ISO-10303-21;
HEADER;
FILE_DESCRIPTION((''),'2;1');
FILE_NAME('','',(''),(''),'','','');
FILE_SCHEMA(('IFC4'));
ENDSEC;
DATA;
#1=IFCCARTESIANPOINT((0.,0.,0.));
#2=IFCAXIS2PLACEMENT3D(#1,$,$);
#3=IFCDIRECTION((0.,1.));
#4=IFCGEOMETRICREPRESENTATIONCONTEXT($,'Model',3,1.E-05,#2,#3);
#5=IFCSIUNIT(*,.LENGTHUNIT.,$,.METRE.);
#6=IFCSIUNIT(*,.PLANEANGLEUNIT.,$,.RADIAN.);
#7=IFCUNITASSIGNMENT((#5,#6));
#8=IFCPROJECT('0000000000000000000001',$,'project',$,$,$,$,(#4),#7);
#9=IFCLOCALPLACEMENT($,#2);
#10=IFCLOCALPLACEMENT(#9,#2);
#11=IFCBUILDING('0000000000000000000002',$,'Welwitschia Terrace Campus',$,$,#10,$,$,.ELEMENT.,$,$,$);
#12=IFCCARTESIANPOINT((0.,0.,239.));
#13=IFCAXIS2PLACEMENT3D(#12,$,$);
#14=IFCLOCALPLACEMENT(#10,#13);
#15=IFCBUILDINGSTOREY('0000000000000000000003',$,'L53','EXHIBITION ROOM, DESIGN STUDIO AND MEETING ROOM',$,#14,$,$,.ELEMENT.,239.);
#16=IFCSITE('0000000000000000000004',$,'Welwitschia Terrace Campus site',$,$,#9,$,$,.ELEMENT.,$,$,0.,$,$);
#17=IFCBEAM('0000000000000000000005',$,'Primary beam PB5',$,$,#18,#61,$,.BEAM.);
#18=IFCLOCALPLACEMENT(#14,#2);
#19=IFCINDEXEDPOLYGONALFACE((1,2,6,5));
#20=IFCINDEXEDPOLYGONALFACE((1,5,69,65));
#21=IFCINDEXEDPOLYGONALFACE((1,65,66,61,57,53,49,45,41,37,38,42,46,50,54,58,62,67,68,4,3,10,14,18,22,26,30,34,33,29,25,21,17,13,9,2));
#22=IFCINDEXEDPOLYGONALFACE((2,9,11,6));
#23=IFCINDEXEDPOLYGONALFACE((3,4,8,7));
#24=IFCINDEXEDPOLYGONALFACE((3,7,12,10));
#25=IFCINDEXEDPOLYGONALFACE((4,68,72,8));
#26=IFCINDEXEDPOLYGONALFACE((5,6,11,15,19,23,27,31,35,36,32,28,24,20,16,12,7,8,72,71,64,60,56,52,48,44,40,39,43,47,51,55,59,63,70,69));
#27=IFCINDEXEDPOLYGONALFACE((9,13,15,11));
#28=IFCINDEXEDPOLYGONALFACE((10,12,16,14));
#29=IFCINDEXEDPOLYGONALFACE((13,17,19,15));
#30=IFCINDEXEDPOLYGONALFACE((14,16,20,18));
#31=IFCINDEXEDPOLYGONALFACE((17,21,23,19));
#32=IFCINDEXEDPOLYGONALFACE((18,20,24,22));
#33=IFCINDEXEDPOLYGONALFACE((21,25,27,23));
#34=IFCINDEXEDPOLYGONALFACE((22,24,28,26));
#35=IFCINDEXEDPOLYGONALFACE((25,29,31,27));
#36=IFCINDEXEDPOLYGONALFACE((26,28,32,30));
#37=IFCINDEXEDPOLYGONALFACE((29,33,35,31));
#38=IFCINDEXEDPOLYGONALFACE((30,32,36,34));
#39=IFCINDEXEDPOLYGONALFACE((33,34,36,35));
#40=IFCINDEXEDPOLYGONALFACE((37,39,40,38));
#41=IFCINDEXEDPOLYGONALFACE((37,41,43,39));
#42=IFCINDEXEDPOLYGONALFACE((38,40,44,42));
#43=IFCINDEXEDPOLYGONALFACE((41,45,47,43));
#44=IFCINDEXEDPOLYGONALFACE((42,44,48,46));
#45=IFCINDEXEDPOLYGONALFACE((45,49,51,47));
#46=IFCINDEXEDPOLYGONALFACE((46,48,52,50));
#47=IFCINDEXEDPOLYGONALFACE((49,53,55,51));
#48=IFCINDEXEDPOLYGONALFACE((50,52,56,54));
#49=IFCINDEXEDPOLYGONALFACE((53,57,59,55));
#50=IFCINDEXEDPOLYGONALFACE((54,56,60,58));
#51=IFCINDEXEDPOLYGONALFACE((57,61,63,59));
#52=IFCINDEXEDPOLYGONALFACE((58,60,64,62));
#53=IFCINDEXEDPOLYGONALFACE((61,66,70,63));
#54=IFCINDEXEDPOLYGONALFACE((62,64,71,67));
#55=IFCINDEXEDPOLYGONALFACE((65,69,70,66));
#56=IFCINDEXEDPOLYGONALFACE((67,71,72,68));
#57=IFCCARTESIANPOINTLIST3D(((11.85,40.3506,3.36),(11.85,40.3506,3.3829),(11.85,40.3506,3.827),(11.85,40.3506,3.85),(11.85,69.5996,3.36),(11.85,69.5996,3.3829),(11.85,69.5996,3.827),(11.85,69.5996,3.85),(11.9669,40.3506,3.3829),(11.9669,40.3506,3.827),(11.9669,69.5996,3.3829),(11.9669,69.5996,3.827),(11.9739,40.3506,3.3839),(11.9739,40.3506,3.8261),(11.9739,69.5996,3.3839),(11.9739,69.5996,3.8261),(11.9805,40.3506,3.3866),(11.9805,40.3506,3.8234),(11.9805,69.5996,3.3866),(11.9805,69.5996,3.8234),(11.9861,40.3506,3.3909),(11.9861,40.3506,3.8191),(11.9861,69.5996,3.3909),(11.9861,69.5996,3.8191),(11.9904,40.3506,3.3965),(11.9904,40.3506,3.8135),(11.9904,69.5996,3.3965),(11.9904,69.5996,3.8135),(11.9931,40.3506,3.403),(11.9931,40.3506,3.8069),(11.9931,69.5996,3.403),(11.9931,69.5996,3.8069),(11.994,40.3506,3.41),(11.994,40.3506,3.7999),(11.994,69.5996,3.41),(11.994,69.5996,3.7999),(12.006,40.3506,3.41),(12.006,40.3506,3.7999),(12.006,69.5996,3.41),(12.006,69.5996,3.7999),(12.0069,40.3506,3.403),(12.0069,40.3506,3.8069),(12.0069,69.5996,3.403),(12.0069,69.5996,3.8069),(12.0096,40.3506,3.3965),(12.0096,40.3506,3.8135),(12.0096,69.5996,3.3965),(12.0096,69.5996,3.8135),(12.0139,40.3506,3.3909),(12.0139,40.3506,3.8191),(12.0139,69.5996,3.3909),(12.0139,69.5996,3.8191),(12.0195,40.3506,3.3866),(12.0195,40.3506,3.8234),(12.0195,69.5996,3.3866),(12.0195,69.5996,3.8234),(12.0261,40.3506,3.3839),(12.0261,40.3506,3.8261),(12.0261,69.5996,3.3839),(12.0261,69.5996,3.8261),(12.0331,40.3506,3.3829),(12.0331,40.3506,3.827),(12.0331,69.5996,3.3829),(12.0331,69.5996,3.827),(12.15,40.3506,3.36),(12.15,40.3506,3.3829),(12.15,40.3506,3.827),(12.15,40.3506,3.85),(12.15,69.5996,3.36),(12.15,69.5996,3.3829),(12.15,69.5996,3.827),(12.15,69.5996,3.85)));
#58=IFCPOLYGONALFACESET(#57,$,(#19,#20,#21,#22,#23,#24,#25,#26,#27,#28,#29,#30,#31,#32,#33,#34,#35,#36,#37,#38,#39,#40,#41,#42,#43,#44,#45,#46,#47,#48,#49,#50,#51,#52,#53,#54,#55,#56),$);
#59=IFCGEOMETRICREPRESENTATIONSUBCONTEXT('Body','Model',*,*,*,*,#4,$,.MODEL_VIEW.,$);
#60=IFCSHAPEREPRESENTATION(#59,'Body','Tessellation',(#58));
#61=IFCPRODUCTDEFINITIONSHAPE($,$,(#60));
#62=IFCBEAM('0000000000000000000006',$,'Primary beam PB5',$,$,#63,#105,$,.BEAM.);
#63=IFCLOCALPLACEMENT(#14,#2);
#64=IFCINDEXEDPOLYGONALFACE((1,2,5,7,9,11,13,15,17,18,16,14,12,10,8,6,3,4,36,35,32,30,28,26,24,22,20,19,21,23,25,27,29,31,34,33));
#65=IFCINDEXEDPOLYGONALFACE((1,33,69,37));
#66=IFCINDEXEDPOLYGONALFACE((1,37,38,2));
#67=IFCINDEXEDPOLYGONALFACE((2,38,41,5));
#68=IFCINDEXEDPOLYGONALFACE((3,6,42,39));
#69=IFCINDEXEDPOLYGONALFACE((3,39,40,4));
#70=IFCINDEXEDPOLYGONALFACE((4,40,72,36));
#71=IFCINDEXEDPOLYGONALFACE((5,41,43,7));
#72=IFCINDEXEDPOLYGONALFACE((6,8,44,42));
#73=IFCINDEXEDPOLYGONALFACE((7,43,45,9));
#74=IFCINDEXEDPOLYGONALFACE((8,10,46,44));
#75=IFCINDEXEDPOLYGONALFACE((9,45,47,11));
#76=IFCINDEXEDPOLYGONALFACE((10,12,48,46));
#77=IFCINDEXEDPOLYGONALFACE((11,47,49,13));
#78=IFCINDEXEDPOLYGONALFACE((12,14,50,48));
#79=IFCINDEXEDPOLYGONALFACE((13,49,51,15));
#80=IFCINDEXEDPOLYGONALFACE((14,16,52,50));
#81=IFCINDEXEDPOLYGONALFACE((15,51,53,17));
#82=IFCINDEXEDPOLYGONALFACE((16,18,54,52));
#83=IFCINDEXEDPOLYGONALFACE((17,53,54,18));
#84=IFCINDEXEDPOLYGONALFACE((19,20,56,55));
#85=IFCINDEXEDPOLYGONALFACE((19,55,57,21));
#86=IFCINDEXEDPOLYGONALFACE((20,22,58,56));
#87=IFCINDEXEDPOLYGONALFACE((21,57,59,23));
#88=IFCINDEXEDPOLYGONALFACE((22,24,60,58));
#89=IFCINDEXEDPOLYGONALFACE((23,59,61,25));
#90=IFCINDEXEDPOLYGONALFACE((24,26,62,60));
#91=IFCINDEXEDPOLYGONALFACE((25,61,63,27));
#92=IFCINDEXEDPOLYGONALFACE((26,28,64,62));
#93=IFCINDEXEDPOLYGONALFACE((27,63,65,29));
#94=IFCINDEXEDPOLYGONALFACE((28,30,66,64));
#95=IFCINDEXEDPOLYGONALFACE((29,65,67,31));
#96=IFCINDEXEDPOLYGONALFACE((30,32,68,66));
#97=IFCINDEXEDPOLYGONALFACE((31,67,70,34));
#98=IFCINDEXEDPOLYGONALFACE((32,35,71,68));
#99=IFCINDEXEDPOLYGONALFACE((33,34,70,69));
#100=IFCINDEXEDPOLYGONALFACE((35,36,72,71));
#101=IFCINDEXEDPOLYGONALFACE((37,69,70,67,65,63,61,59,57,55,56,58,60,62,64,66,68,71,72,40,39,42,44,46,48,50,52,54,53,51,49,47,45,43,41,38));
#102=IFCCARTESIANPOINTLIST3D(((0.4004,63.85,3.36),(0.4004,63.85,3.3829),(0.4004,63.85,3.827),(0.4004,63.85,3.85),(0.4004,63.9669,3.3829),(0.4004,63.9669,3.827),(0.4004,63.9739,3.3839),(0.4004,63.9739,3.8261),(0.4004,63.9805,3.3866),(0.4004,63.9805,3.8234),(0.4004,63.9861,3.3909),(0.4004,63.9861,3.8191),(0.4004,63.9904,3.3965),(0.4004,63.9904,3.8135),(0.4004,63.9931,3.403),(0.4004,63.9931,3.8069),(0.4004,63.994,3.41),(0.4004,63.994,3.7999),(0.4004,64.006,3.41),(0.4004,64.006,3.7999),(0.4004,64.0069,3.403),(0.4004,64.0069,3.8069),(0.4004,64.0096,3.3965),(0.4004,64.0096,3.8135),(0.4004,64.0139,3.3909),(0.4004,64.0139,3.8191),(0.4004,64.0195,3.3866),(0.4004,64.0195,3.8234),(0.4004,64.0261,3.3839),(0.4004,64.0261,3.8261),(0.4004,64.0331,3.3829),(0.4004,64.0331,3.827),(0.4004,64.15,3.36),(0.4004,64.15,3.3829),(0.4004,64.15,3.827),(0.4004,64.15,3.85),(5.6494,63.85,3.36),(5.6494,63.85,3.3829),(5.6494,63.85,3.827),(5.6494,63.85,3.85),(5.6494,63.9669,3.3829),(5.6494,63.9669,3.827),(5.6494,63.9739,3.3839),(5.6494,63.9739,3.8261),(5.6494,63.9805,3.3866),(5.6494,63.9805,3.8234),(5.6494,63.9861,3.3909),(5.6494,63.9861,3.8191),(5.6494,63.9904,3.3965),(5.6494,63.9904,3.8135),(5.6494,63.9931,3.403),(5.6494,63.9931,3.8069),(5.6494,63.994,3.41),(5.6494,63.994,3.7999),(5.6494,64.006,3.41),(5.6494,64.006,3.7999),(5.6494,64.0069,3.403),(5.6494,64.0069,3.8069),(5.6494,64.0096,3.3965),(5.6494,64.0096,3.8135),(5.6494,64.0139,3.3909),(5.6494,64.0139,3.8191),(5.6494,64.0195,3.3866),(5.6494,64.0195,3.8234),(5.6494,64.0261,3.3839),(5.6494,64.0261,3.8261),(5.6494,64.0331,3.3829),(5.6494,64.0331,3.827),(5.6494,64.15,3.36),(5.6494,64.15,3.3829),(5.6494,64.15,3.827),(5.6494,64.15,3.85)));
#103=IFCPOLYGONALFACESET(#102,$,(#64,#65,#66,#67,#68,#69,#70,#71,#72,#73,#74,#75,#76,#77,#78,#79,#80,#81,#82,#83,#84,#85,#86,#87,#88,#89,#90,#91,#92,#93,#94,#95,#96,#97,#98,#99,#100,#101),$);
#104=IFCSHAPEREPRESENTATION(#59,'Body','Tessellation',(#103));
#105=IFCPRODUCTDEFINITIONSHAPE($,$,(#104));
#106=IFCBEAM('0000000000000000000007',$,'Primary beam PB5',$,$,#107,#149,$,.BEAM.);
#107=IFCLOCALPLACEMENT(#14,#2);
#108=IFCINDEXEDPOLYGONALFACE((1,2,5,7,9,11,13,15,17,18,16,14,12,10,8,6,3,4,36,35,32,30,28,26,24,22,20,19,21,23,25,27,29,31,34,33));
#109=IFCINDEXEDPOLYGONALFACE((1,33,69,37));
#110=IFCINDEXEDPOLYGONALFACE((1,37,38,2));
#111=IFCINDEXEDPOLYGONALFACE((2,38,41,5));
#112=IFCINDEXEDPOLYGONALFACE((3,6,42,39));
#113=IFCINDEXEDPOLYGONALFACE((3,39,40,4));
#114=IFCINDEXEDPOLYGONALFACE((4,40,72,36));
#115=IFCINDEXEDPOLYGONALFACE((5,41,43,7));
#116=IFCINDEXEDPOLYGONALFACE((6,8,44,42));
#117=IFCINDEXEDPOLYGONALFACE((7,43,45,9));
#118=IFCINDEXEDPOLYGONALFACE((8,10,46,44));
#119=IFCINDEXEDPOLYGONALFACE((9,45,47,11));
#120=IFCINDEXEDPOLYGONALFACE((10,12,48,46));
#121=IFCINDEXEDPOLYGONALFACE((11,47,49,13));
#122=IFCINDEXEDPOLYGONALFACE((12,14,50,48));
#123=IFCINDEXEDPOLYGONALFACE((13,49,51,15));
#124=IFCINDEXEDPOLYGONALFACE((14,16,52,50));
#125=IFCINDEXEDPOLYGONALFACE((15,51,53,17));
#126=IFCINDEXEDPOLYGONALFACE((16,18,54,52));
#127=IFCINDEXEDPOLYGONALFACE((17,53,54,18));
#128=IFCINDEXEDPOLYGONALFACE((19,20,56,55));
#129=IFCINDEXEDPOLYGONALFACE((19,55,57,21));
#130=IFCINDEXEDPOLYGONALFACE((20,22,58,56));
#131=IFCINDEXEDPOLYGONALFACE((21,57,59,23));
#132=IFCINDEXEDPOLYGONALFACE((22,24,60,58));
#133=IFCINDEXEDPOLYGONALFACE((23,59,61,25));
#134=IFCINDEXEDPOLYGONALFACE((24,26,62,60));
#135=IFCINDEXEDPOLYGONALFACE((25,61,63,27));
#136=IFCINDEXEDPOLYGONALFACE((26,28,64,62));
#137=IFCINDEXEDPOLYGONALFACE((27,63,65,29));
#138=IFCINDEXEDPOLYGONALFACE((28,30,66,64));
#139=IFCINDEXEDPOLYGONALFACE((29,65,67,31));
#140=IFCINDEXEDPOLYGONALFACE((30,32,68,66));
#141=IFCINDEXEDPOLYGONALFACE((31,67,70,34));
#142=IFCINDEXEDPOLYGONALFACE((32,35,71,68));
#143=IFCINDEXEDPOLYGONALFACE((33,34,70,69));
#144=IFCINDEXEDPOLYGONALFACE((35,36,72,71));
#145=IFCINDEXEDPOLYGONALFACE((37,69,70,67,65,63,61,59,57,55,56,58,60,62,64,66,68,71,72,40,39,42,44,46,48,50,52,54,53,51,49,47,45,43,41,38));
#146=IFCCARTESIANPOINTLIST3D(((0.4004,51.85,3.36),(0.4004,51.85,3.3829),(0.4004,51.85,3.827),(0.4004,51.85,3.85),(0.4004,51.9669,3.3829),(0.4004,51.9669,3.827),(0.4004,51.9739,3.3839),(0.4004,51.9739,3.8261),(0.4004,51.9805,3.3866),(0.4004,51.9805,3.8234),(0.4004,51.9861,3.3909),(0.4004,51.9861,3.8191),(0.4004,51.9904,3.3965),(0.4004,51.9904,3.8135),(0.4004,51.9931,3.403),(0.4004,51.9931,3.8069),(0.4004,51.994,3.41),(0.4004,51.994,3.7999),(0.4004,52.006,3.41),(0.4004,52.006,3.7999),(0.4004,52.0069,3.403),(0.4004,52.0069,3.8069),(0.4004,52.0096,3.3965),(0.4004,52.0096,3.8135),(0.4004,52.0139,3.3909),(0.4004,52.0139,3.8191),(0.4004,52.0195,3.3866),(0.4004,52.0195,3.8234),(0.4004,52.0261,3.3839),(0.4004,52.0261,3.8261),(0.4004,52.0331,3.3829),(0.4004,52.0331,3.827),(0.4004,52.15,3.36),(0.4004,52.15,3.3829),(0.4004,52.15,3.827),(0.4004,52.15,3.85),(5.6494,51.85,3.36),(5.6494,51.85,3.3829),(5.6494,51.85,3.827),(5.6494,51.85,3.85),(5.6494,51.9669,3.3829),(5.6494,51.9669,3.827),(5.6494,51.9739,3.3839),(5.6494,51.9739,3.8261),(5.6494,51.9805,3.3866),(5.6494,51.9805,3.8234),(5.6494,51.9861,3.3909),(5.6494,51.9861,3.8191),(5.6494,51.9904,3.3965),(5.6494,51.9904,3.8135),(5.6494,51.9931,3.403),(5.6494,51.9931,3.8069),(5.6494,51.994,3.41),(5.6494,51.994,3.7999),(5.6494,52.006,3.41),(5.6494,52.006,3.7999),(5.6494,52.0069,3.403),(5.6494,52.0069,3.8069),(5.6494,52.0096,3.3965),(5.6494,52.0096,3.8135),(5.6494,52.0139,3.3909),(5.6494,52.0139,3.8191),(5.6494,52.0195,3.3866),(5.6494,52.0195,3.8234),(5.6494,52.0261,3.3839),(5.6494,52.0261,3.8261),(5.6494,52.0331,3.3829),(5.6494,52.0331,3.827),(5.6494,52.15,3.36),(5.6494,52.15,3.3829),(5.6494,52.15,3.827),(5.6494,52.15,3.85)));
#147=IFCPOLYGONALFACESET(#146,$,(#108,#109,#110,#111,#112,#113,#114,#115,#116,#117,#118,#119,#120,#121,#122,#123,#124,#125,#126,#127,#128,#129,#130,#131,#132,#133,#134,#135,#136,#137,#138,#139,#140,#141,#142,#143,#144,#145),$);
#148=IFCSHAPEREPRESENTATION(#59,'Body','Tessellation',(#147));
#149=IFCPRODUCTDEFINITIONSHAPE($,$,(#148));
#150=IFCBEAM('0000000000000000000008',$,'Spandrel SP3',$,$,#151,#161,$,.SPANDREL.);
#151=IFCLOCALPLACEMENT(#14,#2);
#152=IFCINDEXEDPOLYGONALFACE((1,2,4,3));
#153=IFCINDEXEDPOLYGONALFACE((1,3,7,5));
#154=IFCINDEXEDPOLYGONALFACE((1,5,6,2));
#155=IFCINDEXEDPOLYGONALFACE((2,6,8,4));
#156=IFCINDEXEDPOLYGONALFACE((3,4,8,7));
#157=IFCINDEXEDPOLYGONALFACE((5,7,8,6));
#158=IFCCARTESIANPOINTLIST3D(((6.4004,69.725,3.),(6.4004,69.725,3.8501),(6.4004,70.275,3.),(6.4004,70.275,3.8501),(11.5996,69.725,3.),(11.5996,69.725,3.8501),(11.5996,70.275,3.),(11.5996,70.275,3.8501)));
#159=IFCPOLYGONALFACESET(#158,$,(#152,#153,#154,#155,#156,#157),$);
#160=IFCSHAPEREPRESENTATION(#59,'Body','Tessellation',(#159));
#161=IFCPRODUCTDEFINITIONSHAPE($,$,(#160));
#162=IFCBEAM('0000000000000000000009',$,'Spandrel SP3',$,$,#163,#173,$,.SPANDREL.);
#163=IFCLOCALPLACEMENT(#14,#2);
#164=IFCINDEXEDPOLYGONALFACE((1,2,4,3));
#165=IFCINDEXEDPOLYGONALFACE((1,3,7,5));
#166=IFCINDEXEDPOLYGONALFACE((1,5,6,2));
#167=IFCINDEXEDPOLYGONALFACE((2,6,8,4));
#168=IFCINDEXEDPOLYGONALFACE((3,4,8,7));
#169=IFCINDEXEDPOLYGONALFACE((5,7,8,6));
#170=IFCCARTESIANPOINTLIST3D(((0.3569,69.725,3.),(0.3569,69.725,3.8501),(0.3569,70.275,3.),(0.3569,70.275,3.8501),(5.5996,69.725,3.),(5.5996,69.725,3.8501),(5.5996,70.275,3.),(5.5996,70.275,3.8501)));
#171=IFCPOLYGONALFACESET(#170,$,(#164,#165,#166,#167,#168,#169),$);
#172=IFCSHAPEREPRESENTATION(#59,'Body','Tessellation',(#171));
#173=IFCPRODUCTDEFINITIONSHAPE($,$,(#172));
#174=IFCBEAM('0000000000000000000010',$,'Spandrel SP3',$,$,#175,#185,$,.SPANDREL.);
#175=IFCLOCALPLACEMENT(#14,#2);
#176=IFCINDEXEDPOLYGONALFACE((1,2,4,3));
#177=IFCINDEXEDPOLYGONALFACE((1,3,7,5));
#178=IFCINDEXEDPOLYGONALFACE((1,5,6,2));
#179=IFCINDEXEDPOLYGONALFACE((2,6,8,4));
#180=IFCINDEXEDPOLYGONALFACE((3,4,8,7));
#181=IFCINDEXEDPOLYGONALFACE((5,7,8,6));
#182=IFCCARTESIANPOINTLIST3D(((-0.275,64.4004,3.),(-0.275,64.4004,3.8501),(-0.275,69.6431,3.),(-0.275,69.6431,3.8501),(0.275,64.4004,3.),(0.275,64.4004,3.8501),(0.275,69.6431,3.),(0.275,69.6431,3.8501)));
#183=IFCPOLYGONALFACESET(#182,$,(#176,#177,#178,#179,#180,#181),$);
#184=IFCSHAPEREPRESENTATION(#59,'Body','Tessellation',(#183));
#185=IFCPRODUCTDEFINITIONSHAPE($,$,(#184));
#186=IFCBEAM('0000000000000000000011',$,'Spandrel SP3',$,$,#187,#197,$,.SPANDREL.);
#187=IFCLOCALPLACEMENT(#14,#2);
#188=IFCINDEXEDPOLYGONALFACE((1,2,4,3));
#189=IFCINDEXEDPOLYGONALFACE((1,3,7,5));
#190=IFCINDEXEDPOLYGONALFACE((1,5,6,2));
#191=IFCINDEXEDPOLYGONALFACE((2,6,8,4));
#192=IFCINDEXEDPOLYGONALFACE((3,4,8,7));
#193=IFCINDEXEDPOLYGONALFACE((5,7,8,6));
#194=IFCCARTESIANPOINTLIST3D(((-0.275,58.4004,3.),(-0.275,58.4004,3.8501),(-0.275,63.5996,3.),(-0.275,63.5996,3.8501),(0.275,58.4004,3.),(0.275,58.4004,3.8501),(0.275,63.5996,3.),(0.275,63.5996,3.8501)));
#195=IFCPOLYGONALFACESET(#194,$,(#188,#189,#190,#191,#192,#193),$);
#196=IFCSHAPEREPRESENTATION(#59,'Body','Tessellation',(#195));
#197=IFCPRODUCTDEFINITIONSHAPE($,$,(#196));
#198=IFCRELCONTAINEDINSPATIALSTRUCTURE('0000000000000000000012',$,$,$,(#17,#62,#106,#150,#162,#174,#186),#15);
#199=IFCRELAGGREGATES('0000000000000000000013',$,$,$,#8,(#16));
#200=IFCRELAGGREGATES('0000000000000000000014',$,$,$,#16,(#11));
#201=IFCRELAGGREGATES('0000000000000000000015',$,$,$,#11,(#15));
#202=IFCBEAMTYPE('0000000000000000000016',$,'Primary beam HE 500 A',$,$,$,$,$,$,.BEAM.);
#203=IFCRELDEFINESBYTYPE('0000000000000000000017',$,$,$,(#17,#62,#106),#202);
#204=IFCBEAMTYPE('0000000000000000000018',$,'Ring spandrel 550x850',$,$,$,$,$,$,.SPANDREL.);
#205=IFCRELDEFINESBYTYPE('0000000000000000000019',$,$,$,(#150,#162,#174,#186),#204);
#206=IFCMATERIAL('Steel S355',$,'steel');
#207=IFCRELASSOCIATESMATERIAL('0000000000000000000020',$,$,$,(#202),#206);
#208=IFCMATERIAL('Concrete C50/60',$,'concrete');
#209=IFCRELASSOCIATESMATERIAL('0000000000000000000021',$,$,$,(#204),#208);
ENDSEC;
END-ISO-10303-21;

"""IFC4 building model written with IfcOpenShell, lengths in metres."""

from ifc_helpers import new_model, si_unit, direction, frame, origin, origin_2d, place, context, subcontext, project, spatial, rectangle, i_section, extrude, material, material_profile, profile_set, type_object, element, save


model = new_model("IFC4")

# Units and contexts
model_context = context("Model", 3, precision=1e-05, world=origin(), true_north=direction((0.0, 1.0)))
body_context = subcontext(model_context, "Body", "Model", "MODEL_VIEW")
ifc_project = project(units=[si_unit("LENGTHUNIT", "METRE"), si_unit("PLANEANGLEUNIT", "RADIAN")], contexts=[model_context])

# Site, building, storey
site_placement = place(None, origin())
site = spatial("IfcSite", under=ifc_project, at=site_placement, Name="Welwitschia Terrace Campus site", CompositionType="ELEMENT", RefElevation=0.0)
building_placement = place(site_placement, origin())
building = spatial("IfcBuilding", under=site, at=building_placement, Name="Welwitschia Terrace Campus", CompositionType="ELEMENT")
storey_placement = place(building_placement, frame((0.0, 0.0, 239.0)))
storey = spatial("IfcBuildingStorey", under=building, at=storey_placement, Name="L53", Description="EXHIBITION ROOM, DESIGN STUDIO AND MEETING ROOM", CompositionType="ELEMENT", Elevation=239.0)

# Beams
ifc_material_1 = material(Name="Steel S355", Category="steel")
ifc_material_profile_1 = material_profile(ifc_material_1, i_section(OverallWidth=0.3, OverallDepth=0.49, WebThickness=0.012, FlangeThickness=0.0229, FilletRadius=0.0271, at=origin_2d()))
ifc_profile_set_1 = profile_set([ifc_material_profile_1], Name="Steel S355")
beam_type_1 = type_object("IfcBeamType", Name="Primary beam HE 500 A", PredefinedType="BEAM", material=ifc_profile_set_1)
beam_1_placement = place(storey_placement, frame((12.0, 69.5996, 3.605), z_axis=(0.0, -1.0, 0.0), x_axis=(1.0, 0.0, 0.0)))
element("IfcBeam", 1, at=beam_1_placement, inside=storey, type_object=beam_type_1, Name="Primary beam PB5", PredefinedType="BEAM", context=body_context, shape_type="SweptSolid", body=[
    extrude(i_section(OverallWidth=0.3, OverallDepth=0.49, WebThickness=0.012, FlangeThickness=0.0229, FilletRadius=0.0271, at=origin_2d()), origin(), (0.0, 0.0, 1.0), 29.249),
])
for number, where, z_axis, x_axis, name in (
    (2, (0.4004, 64.0, 3.605), (1.0, 0.0, 0.0), (0.0, 1.0, 0.0), "Primary beam PB5"),
    (3, (0.4004, 52.0, 3.605), (1.0, 0.0, 0.0), (0.0, 1.0, 0.0), "Primary beam PB5"),
):
    element("IfcBeam", number, at=place(storey_placement, frame(where, z_axis=z_axis, x_axis=x_axis)), inside=storey, type_object=beam_type_1, Name=name, PredefinedType="BEAM", context=body_context, shape_type="SweptSolid", body=[
        extrude(i_section(OverallWidth=0.3, OverallDepth=0.49, WebThickness=0.012, FlangeThickness=0.0229, FilletRadius=0.0271, at=origin_2d()), origin(), (0.0, 0.0, 1.0), 5.249),
    ])
ifc_material_2 = material(Name="Concrete C50/60", Category="concrete")
ifc_material_profile_2 = material_profile(ifc_material_2, rectangle(XDim=0.55, YDim=0.8501, at=origin_2d()))
ifc_profile_set_2 = profile_set([ifc_material_profile_2], Name="Concrete C50/60")
beam_type_2 = type_object("IfcBeamType", Name="Ring spandrel 550x850", PredefinedType="SPANDREL", material=ifc_profile_set_2)
beam_2_placement = place(storey_placement, frame((11.5996, 70.0, 3.425), z_axis=(-1.0, 0.0, 0.0), x_axis=(0.0, -1.0, 0.0)))
element("IfcBeam", 4, at=beam_2_placement, inside=storey, type_object=beam_type_2, Name="Spandrel SP3", PredefinedType="SPANDREL", context=body_context, shape_type="SweptSolid", body=[
    extrude(rectangle(XDim=0.55, YDim=0.8501, at=origin_2d()), origin(), (0.0, 0.0, 1.0), 5.1992),
])
for number, where, z_axis, x_axis, name in (
    (5, (5.5996, 70.0, 3.425), (-1.0, 0.0, 0.0), (0.0, -1.0, 0.0), "Spandrel SP3"),
    (6, (0.0, 69.6431, 3.425), (0.0, -1.0, 0.0), (1.0, 0.0, 0.0), "Spandrel SP3"),
):
    element("IfcBeam", number, at=place(storey_placement, frame(where, z_axis=z_axis, x_axis=x_axis)), inside=storey, type_object=beam_type_2, Name=name, PredefinedType="SPANDREL", context=body_context, shape_type="SweptSolid", body=[
        extrude(rectangle(XDim=0.55, YDim=0.8501, at=origin_2d()), origin(), (0.0, 0.0, 1.0), 5.2427),
    ])
for number, where, z_axis, x_axis, name in (
    (7, (0.0, 63.5996, 3.425), (0.0, -1.0, 0.0), (1.0, 0.0, 0.0), "Spandrel SP3"),
):
    element("IfcBeam", number, at=place(storey_placement, frame(where, z_axis=z_axis, x_axis=x_axis)), inside=storey, type_object=beam_type_2, Name=name, PredefinedType="SPANDREL", context=body_context, shape_type="SweptSolid", body=[
        extrude(rectangle(XDim=0.55, YDim=0.8501, at=origin_2d()), origin(), (0.0, 0.0, 1.0), 5.1992),
    ])

save(model, "model.ifc")
